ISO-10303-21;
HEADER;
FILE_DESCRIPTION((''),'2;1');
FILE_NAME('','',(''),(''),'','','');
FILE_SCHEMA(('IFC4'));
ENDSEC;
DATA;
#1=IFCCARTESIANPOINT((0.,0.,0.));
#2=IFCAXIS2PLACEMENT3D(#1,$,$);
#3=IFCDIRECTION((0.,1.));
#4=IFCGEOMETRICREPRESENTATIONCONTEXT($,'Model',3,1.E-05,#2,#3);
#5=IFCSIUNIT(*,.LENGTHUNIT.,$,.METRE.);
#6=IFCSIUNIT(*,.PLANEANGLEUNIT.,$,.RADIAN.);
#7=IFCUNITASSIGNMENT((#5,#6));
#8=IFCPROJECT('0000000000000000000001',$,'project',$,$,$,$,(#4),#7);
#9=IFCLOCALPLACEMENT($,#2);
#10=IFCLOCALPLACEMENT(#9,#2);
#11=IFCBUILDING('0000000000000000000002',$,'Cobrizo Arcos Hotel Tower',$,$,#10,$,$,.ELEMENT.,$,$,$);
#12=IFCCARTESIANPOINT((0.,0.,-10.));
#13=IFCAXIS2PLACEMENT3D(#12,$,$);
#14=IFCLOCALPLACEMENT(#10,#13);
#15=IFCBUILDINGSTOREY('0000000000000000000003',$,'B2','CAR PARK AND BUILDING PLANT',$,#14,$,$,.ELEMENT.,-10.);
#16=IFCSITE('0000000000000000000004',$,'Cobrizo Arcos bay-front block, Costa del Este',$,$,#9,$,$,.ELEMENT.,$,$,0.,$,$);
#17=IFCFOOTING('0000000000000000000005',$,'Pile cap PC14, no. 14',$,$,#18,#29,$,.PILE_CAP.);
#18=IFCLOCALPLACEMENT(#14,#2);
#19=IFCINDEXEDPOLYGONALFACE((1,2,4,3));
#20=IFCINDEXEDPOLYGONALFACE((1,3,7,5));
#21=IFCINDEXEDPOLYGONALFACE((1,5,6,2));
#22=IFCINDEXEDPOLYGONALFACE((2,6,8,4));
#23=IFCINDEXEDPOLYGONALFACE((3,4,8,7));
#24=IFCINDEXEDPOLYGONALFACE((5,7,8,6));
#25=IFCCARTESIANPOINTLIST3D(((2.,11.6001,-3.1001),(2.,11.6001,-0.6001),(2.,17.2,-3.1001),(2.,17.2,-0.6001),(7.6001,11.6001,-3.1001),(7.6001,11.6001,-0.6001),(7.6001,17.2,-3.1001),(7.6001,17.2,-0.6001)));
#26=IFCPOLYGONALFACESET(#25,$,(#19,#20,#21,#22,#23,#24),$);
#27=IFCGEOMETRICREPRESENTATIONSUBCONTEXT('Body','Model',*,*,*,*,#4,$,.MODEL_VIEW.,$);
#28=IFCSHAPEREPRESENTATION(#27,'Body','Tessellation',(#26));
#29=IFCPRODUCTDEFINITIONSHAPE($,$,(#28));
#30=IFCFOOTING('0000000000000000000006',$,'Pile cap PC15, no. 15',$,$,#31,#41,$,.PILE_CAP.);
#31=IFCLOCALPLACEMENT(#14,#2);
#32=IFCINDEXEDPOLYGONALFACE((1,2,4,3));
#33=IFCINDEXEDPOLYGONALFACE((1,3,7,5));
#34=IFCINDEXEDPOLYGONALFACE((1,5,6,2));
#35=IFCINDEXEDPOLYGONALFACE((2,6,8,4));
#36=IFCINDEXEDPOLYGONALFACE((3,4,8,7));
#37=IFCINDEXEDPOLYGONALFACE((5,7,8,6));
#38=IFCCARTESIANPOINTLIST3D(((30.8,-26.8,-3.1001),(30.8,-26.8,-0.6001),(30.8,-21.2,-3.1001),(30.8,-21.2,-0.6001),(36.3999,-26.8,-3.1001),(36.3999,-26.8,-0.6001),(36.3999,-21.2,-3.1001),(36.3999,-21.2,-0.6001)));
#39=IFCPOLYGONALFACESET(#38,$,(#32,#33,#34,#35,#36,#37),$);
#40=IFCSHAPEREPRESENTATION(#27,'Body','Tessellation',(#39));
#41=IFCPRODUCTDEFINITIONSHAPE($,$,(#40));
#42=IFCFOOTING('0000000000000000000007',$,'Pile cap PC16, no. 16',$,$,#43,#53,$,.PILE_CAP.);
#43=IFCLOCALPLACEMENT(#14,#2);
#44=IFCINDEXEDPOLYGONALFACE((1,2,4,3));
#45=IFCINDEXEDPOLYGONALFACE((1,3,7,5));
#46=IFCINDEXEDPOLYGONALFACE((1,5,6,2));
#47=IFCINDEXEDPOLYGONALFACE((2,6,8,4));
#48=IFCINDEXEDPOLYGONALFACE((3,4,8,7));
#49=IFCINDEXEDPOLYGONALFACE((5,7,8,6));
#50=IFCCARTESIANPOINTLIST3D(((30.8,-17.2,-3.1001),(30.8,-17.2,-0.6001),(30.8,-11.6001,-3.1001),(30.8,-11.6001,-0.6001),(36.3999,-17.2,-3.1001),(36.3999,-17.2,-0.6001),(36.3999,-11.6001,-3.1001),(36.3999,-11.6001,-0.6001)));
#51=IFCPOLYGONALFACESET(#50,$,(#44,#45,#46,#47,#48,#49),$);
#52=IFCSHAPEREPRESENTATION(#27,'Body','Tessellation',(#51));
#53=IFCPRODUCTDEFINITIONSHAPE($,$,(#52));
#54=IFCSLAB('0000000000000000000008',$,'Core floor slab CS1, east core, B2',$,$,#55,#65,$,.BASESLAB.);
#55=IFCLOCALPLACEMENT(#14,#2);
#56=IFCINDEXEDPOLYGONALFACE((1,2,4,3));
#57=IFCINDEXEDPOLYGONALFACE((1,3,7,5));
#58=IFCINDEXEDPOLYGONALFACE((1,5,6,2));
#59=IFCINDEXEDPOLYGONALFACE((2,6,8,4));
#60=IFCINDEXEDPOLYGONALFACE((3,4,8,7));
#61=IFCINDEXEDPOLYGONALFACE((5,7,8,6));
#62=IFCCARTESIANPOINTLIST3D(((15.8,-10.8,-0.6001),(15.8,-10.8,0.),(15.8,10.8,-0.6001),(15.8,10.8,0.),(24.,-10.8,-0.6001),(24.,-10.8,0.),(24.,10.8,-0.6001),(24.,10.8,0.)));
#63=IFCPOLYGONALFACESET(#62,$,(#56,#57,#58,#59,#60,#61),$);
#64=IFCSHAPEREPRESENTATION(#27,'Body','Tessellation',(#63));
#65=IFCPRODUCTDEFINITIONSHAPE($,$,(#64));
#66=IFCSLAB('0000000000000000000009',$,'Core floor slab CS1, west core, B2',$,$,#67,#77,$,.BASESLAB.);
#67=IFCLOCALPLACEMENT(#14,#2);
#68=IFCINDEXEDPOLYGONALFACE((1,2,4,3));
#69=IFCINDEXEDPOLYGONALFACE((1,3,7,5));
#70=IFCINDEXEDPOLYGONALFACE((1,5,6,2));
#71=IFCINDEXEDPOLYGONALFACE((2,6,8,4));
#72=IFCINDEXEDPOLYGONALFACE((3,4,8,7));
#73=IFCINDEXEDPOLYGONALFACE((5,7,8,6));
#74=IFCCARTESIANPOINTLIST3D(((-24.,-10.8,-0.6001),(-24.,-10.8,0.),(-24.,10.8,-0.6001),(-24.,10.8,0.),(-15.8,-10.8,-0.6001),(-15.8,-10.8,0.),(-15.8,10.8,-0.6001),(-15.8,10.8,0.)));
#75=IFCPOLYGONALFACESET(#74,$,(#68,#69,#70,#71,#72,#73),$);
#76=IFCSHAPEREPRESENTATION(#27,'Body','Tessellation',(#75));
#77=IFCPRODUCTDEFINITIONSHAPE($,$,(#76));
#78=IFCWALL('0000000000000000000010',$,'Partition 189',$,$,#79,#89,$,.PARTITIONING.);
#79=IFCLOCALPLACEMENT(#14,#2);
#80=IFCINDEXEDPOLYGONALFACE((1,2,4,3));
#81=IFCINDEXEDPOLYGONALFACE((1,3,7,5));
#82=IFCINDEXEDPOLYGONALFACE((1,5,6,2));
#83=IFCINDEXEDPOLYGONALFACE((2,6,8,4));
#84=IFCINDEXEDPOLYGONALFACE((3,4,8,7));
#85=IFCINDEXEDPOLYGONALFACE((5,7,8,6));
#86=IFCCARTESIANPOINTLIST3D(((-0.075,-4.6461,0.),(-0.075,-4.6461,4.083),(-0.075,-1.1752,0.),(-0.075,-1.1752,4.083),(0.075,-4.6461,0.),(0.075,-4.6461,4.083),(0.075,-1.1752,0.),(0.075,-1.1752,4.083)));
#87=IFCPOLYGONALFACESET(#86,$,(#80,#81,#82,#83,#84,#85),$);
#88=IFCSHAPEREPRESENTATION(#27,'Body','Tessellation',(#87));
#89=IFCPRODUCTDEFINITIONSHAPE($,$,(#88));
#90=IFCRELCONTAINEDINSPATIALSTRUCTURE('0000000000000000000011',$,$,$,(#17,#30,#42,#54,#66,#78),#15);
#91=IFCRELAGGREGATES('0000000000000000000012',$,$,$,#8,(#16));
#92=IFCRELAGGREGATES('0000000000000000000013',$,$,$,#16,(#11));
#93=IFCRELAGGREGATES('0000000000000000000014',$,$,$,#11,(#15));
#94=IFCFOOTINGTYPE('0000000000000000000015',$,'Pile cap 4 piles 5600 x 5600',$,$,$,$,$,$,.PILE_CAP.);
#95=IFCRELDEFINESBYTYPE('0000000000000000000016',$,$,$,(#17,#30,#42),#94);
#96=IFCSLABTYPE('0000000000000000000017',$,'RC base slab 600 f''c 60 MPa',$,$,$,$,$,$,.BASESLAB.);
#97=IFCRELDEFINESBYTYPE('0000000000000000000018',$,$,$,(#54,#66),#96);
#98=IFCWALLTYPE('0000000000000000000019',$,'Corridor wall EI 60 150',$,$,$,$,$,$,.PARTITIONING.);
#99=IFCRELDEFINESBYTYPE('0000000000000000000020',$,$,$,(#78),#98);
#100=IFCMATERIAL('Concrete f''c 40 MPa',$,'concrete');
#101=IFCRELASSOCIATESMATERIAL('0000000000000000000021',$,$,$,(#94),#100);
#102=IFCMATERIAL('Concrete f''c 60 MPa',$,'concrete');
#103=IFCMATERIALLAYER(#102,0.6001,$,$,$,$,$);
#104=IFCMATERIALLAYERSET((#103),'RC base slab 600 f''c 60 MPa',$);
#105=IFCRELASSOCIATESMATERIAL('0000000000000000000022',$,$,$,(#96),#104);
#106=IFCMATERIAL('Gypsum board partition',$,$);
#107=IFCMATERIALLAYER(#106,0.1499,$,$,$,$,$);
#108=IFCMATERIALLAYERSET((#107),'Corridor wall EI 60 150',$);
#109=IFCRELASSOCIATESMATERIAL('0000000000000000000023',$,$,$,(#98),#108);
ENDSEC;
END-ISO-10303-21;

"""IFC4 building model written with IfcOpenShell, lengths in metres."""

from ifc_helpers import new_model, si_unit, direction, frame, frame_2d, origin, place, context, subcontext, project, spatial, polyline, rectangle, outline, extrude, material, layer, layer_set, type_object, element, save


model = new_model("IFC4")

# Units and contexts
model_context = context("Model", 3, precision=1e-05, world=origin(), true_north=direction((0.0, 1.0)))
body_context = subcontext(model_context, "Body", "Model", "MODEL_VIEW")
ifc_project = project(units=[si_unit("LENGTHUNIT", "METRE"), si_unit("PLANEANGLEUNIT", "RADIAN")], contexts=[model_context])

# Site, building, storey
site_placement = place(None, origin())
site = spatial("IfcSite", under=ifc_project, at=site_placement, Name="Cobrizo Arcos bay-front block, Costa del Este", CompositionType="ELEMENT", RefElevation=0.0)
building_placement = place(site_placement, origin())
building = spatial("IfcBuilding", under=site, at=building_placement, Name="Cobrizo Arcos Hotel Tower", CompositionType="ELEMENT")
storey_placement = place(building_placement, frame((0.0, 0.0, -10.0)))
storey = spatial("IfcBuildingStorey", under=building, at=storey_placement, Name="B2", Description="CAR PARK AND BUILDING PLANT", CompositionType="ELEMENT", Elevation=-10.0)

# Footings
ifc_material_1 = material(Name="Concrete f'c 40 MPa", Category="concrete")
footing_type_1 = type_object("IfcFootingType", Name="Pile cap 4 piles 5600 x 5600", PredefinedType="PILE_CAP", material=ifc_material_1)
footing_1_placement = place(storey_placement, frame((0.0, 0.0, -3.1001)))
element("IfcFooting", 1, at=footing_1_placement, inside=storey, type_object=footing_type_1, Name="Pile cap PC14, no. 14", PredefinedType="PILE_CAP", context=body_context, shape_type="SweptSolid", body=[
    extrude(outline(polyline([(7.6001, 11.6001), (7.6001, 17.2), (2.0, 17.2), (2.0, 11.6001), (7.6001, 11.6001)])), origin(), (0.0, 0.0, 1.0), 2.5),
])
footing_2_placement = place(storey_placement, frame((0.0, 0.0, -3.1001)))
element("IfcFooting", 2, at=footing_2_placement, inside=storey, type_object=footing_type_1, Name="Pile cap PC15, no. 15", PredefinedType="PILE_CAP", context=body_context, shape_type="SweptSolid", body=[
    extrude(outline(polyline([(36.3999, -26.8), (36.3999, -21.2), (30.8, -21.2), (30.8, -26.8), (36.3999, -26.8)])), origin(), (0.0, 0.0, 1.0), 2.5),
])
footing_3_placement = place(storey_placement, frame((0.0, 0.0, -3.1001)))
element("IfcFooting", 3, at=footing_3_placement, inside=storey, type_object=footing_type_1, Name="Pile cap PC16, no. 16", PredefinedType="PILE_CAP", context=body_context, shape_type="SweptSolid", body=[
    extrude(outline(polyline([(36.3999, -17.2), (36.3999, -11.6001), (30.8, -11.6001), (30.8, -17.2), (36.3999, -17.2)])), origin(), (0.0, 0.0, 1.0), 2.5),
])

# Slabs
ifc_material_2 = material(Name="Concrete f'c 60 MPa", Category="concrete")
ifc_layer_1 = layer(ifc_material_2, 0.6001)
ifc_layer_set_1 = layer_set([ifc_layer_1], Name="RC base slab 600 f'c 60 MPa")
slab_type_1 = type_object("IfcSlabType", Name="RC base slab 600 f'c 60 MPa", PredefinedType="BASESLAB", material=ifc_layer_set_1)
slab_1_placement = place(storey_placement, frame((0.0, 0.0, -0.6001)))
element("IfcSlab", 4, at=slab_1_placement, inside=storey, type_object=slab_type_1, Name="Core floor slab CS1, east core, B2", PredefinedType="BASESLAB", context=body_context, shape_type="SweptSolid", body=[
    extrude(outline(polyline([(24.0, -10.8), (24.0, 10.8), (15.8, 10.8), (15.8, -10.8), (24.0, -10.8)])), origin(), (0.0, 0.0, 1.0), 0.6001),
])
slab_2_placement = place(storey_placement, frame((0.0, 0.0, -0.6001)))
element("IfcSlab", 5, at=slab_2_placement, inside=storey, type_object=slab_type_1, Name="Core floor slab CS1, west core, B2", PredefinedType="BASESLAB", context=body_context, shape_type="SweptSolid", body=[
    extrude(outline(polyline([(-15.8, -10.8), (-15.8, 10.8), (-24.0, 10.8), (-24.0, -10.8), (-15.8, -10.8)])), origin(), (0.0, 0.0, 1.0), 0.6001),
])

# Wall
ifc_material_3 = material(Name="Gypsum board partition")
ifc_layer_2 = layer(ifc_material_3, 0.1499)
ifc_layer_set_2 = layer_set([ifc_layer_2], Name="Corridor wall EI 60 150")
wall_type = type_object("IfcWallType", Name="Corridor wall EI 60 150", PredefinedType="PARTITIONING", material=ifc_layer_set_2)
wall_placement = place(storey_placement, frame((0.0, -4.646, 0.0), z_axis=(0.0, 0.0, 1.0), x_axis=(0.0, 1.0, 0.0)))
element("IfcWall", 6, at=wall_placement, inside=storey, type_object=wall_type, Name="Partition 189", PredefinedType="PARTITIONING", context=body_context, shape_type="SweptSolid", body=[
    extrude(rectangle(XDim=3.4709, YDim=0.1499, at=frame_2d((1.7354, 0.0))), origin(), (0.0, 0.0, 1.0), 4.083),
])

save(model, "model.ifc")
